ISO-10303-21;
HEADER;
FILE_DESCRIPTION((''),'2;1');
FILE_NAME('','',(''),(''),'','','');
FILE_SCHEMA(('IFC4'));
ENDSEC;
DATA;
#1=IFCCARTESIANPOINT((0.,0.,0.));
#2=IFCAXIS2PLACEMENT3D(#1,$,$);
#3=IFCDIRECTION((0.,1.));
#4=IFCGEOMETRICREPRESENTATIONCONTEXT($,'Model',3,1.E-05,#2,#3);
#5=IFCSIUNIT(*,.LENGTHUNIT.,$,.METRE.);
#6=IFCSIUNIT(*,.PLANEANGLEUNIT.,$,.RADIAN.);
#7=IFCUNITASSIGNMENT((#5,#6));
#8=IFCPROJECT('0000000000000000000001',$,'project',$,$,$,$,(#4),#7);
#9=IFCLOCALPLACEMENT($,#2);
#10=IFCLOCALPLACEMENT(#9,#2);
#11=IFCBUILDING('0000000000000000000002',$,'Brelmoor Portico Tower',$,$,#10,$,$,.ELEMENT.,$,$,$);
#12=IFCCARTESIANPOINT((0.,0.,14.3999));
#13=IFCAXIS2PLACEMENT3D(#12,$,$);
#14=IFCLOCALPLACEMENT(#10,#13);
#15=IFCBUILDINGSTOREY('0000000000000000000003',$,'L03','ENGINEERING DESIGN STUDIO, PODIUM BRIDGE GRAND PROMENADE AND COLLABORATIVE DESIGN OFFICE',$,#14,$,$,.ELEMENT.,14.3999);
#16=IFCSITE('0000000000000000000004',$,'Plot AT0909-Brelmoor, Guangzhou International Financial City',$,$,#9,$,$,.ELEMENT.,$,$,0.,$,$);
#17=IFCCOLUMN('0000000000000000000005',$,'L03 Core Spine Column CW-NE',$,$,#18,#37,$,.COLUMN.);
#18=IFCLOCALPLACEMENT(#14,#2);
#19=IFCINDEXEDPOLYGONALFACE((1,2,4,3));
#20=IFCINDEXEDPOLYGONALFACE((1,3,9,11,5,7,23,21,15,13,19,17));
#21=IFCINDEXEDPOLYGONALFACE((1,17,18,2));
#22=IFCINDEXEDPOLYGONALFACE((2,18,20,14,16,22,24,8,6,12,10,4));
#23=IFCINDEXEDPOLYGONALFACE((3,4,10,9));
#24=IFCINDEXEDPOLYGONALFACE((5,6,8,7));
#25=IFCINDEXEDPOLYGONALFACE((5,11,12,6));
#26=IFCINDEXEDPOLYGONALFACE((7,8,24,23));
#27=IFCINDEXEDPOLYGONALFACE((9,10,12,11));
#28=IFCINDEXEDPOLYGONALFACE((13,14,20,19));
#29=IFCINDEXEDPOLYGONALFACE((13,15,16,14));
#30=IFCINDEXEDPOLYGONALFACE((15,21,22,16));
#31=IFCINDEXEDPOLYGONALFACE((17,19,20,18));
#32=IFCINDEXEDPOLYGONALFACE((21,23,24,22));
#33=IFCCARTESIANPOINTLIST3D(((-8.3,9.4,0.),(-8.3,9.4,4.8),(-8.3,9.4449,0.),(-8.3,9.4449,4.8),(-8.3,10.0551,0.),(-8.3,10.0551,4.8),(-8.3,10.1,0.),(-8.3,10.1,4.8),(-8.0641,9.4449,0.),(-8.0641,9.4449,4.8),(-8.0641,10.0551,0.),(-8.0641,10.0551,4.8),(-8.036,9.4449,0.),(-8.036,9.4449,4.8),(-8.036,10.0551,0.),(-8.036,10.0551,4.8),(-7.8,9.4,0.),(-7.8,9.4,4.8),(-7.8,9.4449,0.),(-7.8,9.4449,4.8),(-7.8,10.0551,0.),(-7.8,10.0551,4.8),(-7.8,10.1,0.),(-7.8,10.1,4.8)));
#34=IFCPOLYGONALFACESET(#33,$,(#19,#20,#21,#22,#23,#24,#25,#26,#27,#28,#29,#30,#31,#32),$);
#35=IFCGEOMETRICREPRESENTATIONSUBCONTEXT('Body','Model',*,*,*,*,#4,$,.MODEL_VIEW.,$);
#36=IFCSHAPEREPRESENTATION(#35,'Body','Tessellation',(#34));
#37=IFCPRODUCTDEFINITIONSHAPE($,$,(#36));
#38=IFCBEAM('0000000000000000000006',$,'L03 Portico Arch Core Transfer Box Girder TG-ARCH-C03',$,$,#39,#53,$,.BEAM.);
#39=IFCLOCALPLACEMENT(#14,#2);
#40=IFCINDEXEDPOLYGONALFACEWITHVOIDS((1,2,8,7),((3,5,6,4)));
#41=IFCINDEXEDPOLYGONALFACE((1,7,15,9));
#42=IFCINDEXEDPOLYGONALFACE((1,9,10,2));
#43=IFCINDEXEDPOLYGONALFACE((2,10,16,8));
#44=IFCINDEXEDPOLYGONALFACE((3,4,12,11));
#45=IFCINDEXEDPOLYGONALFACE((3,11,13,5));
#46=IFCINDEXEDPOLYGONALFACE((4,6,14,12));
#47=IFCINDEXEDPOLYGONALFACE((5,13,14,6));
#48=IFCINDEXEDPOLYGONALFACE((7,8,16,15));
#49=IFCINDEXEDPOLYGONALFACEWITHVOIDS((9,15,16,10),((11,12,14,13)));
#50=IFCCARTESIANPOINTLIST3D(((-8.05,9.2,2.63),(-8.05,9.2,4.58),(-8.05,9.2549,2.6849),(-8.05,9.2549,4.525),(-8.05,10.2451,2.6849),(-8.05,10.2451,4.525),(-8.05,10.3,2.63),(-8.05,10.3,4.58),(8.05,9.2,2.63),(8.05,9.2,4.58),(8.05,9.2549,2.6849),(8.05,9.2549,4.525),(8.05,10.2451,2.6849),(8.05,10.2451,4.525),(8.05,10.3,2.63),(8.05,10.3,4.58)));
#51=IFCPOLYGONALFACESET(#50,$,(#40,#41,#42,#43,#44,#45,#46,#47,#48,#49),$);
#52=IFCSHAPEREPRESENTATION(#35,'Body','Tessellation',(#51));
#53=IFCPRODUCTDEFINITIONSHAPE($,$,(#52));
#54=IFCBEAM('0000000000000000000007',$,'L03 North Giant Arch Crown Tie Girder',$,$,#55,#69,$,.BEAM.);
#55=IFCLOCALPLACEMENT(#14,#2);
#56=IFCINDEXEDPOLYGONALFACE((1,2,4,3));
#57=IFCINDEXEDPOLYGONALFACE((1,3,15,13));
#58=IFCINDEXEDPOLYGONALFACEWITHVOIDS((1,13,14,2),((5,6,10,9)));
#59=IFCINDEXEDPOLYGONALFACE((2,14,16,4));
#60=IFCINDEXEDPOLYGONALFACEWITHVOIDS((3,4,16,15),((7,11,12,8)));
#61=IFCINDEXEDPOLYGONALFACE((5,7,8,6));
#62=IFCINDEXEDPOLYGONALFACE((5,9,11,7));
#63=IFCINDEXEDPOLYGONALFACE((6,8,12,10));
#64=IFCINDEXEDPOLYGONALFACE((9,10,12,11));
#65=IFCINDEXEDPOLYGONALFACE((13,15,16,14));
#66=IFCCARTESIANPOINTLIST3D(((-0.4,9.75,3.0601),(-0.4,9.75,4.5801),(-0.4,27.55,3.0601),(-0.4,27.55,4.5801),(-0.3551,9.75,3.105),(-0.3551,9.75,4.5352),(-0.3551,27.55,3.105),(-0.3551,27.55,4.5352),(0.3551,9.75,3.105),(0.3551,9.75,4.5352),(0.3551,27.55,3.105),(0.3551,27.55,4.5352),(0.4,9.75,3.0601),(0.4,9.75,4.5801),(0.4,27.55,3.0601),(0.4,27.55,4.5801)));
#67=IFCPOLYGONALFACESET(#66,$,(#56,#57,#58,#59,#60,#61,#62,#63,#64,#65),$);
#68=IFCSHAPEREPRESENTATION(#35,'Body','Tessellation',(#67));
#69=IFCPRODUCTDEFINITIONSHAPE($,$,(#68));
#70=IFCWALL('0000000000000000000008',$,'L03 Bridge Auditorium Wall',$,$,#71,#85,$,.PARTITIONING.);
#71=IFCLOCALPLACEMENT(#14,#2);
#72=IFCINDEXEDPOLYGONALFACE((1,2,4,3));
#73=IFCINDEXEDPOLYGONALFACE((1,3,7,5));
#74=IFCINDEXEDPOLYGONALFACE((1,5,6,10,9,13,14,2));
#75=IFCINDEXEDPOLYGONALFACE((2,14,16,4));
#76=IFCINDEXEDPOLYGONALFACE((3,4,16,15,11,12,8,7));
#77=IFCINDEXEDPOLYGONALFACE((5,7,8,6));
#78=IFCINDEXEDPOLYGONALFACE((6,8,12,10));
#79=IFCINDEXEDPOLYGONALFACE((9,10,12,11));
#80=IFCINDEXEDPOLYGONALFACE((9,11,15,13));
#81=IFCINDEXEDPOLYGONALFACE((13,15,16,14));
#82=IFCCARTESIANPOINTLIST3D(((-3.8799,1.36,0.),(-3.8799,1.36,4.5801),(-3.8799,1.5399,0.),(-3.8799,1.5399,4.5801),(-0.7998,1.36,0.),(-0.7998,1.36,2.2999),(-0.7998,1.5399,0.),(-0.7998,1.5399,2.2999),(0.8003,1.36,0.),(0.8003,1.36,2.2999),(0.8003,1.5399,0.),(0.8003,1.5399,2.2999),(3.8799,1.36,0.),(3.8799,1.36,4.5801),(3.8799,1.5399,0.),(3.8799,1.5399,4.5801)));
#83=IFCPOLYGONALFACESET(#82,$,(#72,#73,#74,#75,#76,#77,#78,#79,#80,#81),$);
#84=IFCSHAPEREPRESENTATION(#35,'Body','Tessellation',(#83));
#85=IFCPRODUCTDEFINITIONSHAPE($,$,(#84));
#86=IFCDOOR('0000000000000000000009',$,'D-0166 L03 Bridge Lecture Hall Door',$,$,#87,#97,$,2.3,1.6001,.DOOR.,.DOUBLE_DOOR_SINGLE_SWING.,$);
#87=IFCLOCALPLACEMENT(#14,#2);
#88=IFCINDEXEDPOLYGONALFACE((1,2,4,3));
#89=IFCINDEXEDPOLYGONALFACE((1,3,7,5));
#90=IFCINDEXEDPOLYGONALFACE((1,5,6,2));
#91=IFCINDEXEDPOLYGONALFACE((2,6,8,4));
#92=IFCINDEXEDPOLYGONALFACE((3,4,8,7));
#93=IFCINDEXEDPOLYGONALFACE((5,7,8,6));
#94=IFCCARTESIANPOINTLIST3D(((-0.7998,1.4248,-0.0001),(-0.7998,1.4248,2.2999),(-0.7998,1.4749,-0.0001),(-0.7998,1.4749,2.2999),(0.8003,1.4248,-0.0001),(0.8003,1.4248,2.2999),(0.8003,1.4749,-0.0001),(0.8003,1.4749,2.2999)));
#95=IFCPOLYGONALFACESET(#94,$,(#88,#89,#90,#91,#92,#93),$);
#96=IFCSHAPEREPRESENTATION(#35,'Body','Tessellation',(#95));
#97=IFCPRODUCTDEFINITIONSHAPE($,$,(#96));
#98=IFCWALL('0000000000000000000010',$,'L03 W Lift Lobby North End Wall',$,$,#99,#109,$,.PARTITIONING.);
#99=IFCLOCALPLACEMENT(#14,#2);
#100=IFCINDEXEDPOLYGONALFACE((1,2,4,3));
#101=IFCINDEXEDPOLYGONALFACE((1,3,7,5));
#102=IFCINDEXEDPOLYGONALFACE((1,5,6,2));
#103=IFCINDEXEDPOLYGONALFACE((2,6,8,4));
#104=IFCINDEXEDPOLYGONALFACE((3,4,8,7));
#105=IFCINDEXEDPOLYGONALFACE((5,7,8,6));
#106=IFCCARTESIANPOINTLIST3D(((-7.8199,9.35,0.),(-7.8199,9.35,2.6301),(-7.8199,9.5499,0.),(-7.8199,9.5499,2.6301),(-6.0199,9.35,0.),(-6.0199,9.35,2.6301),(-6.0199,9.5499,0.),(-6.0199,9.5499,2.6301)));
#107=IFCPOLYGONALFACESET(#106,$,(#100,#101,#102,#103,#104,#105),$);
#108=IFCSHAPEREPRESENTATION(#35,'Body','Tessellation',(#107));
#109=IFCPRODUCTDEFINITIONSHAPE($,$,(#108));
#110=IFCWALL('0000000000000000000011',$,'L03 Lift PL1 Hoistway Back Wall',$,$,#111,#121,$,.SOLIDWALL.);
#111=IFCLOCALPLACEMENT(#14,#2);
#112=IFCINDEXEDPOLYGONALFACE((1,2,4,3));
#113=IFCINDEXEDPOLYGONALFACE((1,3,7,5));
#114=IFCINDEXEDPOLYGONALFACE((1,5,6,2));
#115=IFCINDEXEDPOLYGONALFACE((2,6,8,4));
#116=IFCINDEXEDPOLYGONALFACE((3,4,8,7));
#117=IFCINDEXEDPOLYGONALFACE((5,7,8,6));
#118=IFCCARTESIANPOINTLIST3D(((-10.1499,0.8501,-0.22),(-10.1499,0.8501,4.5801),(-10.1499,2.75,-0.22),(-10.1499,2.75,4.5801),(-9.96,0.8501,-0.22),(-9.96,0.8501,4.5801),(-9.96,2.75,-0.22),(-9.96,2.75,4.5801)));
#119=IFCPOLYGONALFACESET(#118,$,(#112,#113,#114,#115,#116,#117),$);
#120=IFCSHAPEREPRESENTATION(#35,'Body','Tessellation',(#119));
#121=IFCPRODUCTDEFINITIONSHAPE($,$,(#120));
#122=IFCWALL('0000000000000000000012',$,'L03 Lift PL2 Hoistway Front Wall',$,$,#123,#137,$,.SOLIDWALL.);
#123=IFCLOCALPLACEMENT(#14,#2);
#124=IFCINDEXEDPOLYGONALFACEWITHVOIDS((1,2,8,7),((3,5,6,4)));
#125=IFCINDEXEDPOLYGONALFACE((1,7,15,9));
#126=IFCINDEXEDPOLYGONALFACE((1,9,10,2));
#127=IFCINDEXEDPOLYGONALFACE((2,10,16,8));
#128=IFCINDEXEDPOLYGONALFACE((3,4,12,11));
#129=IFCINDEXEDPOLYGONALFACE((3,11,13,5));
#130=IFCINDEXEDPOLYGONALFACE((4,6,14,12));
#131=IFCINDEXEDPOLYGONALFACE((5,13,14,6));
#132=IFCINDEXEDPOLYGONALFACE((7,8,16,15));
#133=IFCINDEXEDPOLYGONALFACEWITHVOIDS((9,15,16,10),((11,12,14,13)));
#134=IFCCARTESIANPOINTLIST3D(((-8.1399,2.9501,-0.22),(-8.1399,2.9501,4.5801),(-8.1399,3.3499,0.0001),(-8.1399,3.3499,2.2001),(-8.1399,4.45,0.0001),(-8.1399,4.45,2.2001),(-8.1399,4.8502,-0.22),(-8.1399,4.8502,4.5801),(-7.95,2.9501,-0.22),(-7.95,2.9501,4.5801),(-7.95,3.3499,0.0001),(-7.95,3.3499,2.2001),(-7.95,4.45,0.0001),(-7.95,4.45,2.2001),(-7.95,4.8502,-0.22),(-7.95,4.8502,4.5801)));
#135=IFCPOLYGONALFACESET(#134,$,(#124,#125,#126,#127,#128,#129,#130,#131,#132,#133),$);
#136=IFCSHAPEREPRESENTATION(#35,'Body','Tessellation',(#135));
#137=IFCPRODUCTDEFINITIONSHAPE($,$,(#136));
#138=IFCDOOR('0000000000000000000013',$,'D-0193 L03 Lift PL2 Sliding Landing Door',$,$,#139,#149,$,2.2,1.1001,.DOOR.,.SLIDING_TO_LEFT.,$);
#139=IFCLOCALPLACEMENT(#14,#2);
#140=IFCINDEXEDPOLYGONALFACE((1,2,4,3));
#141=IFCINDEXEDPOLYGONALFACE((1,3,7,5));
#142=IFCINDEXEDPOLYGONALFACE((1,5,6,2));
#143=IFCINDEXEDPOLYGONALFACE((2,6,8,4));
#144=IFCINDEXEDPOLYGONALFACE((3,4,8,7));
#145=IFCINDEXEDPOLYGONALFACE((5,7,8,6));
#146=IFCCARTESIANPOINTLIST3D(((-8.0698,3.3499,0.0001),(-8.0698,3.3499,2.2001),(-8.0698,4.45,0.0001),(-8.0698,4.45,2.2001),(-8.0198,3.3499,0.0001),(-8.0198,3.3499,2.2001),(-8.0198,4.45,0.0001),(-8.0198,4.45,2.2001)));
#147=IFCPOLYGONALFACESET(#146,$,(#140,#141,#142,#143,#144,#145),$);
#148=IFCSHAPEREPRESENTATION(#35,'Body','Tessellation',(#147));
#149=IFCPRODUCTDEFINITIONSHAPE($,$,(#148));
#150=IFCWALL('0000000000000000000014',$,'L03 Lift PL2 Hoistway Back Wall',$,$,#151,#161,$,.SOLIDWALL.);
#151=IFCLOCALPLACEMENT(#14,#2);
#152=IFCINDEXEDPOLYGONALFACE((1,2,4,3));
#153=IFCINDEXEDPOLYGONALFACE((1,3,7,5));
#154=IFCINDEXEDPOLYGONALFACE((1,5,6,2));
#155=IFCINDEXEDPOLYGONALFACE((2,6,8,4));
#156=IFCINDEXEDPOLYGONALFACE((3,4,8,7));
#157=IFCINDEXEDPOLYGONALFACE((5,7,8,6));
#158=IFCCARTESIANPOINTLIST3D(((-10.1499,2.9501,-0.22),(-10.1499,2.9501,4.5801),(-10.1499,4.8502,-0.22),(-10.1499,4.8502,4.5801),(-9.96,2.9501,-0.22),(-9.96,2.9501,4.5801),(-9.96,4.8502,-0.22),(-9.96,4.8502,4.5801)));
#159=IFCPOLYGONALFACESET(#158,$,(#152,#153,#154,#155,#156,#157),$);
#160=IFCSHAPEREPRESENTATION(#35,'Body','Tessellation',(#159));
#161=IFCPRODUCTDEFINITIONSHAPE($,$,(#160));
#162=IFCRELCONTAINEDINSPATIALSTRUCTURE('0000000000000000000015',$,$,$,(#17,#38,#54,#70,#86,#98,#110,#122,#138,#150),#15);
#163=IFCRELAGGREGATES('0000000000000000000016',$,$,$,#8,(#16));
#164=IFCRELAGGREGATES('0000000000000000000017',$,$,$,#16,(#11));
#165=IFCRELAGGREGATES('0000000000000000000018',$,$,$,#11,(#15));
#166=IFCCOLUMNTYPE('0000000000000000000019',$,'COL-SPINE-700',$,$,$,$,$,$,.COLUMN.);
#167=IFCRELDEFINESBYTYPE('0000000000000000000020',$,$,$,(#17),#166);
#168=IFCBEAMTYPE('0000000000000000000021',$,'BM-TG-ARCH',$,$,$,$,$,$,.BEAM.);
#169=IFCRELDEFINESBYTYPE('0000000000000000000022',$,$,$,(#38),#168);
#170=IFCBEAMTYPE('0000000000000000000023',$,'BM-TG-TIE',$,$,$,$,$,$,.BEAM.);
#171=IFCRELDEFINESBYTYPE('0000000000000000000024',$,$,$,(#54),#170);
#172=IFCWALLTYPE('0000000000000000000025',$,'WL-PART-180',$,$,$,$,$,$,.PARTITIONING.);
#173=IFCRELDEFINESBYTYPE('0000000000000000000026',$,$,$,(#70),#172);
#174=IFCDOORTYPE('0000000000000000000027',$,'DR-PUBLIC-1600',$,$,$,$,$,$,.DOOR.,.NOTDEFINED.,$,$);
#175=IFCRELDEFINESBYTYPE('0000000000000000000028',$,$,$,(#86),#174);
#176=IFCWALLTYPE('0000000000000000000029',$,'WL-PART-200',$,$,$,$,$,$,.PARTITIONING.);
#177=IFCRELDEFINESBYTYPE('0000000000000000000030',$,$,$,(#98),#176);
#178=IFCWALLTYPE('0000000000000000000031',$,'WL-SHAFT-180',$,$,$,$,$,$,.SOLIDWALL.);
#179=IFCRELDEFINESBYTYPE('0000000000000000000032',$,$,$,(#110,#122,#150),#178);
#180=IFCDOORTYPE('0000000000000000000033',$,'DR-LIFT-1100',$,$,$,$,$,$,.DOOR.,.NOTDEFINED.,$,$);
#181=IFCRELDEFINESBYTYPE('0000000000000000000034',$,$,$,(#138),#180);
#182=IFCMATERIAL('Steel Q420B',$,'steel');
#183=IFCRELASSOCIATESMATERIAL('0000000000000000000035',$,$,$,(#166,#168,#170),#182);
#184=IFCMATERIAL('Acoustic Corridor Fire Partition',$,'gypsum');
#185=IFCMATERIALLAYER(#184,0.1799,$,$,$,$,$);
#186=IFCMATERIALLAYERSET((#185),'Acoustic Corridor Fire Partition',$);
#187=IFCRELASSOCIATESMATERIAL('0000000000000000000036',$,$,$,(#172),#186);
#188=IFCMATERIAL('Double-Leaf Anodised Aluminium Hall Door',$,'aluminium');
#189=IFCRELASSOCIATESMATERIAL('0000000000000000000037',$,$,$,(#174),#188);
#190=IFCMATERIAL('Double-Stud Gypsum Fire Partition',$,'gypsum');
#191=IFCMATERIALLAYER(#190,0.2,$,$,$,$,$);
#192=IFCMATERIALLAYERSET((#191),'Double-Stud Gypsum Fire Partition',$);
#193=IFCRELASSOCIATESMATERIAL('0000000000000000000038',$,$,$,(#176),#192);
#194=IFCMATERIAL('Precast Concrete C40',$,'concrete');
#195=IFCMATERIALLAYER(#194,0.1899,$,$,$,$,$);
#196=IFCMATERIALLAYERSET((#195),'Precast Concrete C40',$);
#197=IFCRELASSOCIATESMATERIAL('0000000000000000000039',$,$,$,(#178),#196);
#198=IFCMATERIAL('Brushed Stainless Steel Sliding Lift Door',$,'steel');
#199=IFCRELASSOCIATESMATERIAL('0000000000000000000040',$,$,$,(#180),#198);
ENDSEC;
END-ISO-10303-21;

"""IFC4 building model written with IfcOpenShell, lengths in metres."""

from ifc_helpers import new_model, si_unit, direction, frame, frame_2d, origin, origin_2d, place, context, subcontext, project, spatial, rectangle, hollow_rectangle, i_section, extrude, material, layer, layer_set, material_profile, profile_set, type_object, element, fill, save


model = new_model("IFC4")

# Units and contexts
model_context = context("Model", 3, precision=1e-05, world=origin(), true_north=direction((0.0, 1.0)))
body_context = subcontext(model_context, "Body", "Model", "MODEL_VIEW")
ifc_project = project(units=[si_unit("LENGTHUNIT", "METRE"), si_unit("PLANEANGLEUNIT", "RADIAN")], contexts=[model_context])

# Site, building, storey
site_placement = place(None, origin())
site = spatial("IfcSite", under=ifc_project, at=site_placement, Name="Plot AT0909-Brelmoor, Guangzhou International Financial City", CompositionType="ELEMENT", RefElevation=0.0)
building_placement = place(site_placement, origin())
building = spatial("IfcBuilding", under=site, at=building_placement, Name="Brelmoor Portico Tower", CompositionType="ELEMENT")
storey_placement = place(building_placement, frame((0.0, 0.0, 14.3999)))
storey = spatial("IfcBuildingStorey", under=building, at=storey_placement, Name="L03", Description="ENGINEERING DESIGN STUDIO, PODIUM BRIDGE GRAND PROMENADE AND COLLABORATIVE DESIGN OFFICE", CompositionType="ELEMENT", Elevation=14.3999)

# Column
ifc_material_1 = material(Name="Steel Q420B", Category="steel")
ifc_material_profile_1 = material_profile(ifc_material_1, i_section(OverallWidth=0.5, OverallDepth=0.7, WebThickness=0.0281, FlangeThickness=0.0449, at=origin_2d()), Name="HW 700x500x28x45")
ifc_profile_set_1 = profile_set([ifc_material_profile_1], Name="Steel Q420B")
column_type = type_object("IfcColumnType", Name="COL-SPINE-700", PredefinedType="COLUMN", material=ifc_profile_set_1)
column_placement = place(storey_placement, frame((-8.05, 9.75, 0.0), z_axis=(0.0, 0.0, 1.0), x_axis=(1.0, 0.0, 0.0)))
element("IfcColumn", 1, at=column_placement, inside=storey, type_object=column_type, Name="L03 Core Spine Column CW-NE", PredefinedType="COLUMN", context=body_context, shape_type="SweptSolid", body=[
    extrude(i_section(OverallWidth=0.5, OverallDepth=0.7, WebThickness=0.0281, FlangeThickness=0.0449, at=origin_2d()), origin(), (0.0, 0.0, 1.0), 4.8),
])

# Beams
ifc_material_profile_2 = material_profile(ifc_material_1, hollow_rectangle(XDim=1.1001, YDim=1.95, WallThickness=0.0549, at=origin_2d()), Name="BOX 1100x1950x55")
ifc_profile_set_2 = profile_set([ifc_material_profile_2], Name="Steel Q420B")
beam_type_1 = type_object("IfcBeamType", Name="BM-TG-ARCH", PredefinedType="BEAM", material=ifc_profile_set_2)
beam_1_placement = place(storey_placement, frame((-8.05, 9.75, 3.605), z_axis=(1.0, 0.0, 0.0), x_axis=(0.0, 1.0, 0.0)))
element("IfcBeam", 2, at=beam_1_placement, inside=storey, type_object=beam_type_1, Name="L03 Portico Arch Core Transfer Box Girder TG-ARCH-C03", PredefinedType="BEAM", context=body_context, shape_type="SweptSolid", body=[
    extrude(hollow_rectangle(XDim=1.1001, YDim=1.95, WallThickness=0.0549, at=origin_2d()), origin(), (0.0, 0.0, 1.0), 16.1001),
])
ifc_material_profile_3 = material_profile(ifc_material_1, hollow_rectangle(XDim=0.8, YDim=1.52, WallThickness=0.0449, at=origin_2d()), Name="BOX 800x1520x45")
ifc_profile_set_3 = profile_set([ifc_material_profile_3], Name="Steel Q420B")
beam_type_2 = type_object("IfcBeamType", Name="BM-TG-TIE", PredefinedType="BEAM", material=ifc_profile_set_3)
beam_2_placement = place(storey_placement, frame((0.0, 9.75, 3.8201), z_axis=(0.0, 1.0, 0.0), x_axis=(-1.0, 0.0, 0.0)))
element("IfcBeam", 3, at=beam_2_placement, inside=storey, type_object=beam_type_2, Name="L03 North Giant Arch Crown Tie Girder", PredefinedType="BEAM", context=body_context, shape_type="SweptSolid", body=[
    extrude(hollow_rectangle(XDim=0.8, YDim=1.52, WallThickness=0.0449, at=origin_2d()), origin(), (0.0, 0.0, 1.0), 17.8),
])

# Wall, opening, door
ifc_material_2 = material(Name="Acoustic Corridor Fire Partition", Category="gypsum")
ifc_layer_1 = layer(ifc_material_2, 0.1799)
ifc_layer_set_1 = layer_set([ifc_layer_1], Name="Acoustic Corridor Fire Partition")
wall_type_1 = type_object("IfcWallType", Name="WL-PART-180", PredefinedType="PARTITIONING", material=ifc_layer_set_1)
wall_1_placement = place(storey_placement, frame((-3.8799, 1.45, 0.0), z_axis=(0.0, 0.0, 1.0), x_axis=(1.0, 0.0, 0.0)))
wall_1 = element("IfcWall", 4, at=wall_1_placement, inside=storey, type_object=wall_type_1, Name="L03 Bridge Auditorium Wall", PredefinedType="PARTITIONING", context=body_context, shape_type="SweptSolid", body=[
    extrude(rectangle(XDim=7.7598, YDim=0.1799, at=frame_2d((3.8799, 0.0))), origin(), (0.0, 0.0, 1.0), 4.5801),
])
opening_1_placement = place(wall_1_placement, frame((3.0801, 0.0, 0.0)))
opening_1 = element("IfcOpeningElement", 5, at=opening_1_placement, cuts=wall_1, PredefinedType="OPENING", context=body_context, shape_type="SweptSolid", body=[
    extrude(rectangle(XDim=1.6001, YDim=2.3, at=frame_2d((0.8, 1.1499))), frame((0.0, 0.0999, 0.0), z_axis=(0.0, -1.0, 0.0), x_axis=(1.0, 0.0, 0.0)), (0.0, 0.0, 1.0), 0.2),
])
ifc_material_3 = material(Name="Double-Leaf Anodised Aluminium Hall Door", Category="aluminium")
door_type_1 = type_object("IfcDoorType", Name="DR-PUBLIC-1600", OperationType="NOTDEFINED", PredefinedType="DOOR", material=ifc_material_3)
door_1_placement = place(opening_1_placement, origin())
door_1 = element("IfcDoor", 6, at=door_1_placement, inside=storey, type_object=door_type_1, Name="D-0166 L03 Bridge Lecture Hall Door", OperationType="DOUBLE_DOOR_SINGLE_SWING", OverallHeight=2.3, OverallWidth=1.6001, PredefinedType="DOOR", context=body_context, shape_type="SweptSolid", body=[
    extrude(rectangle(XDim=1.6001, YDim=2.3, at=frame_2d((0.8, 1.1499))), frame((0.0, 0.0249, 0.0), z_axis=(0.0, -1.0, 0.0), x_axis=(1.0, 0.0, 0.0)), (0.0, 0.0, 1.0), 0.05),
])
fill(opening_1, door_1)

# Walls
ifc_material_4 = material(Name="Double-Stud Gypsum Fire Partition", Category="gypsum")
ifc_layer_2 = layer(ifc_material_4, 0.2)
ifc_layer_set_2 = layer_set([ifc_layer_2], Name="Double-Stud Gypsum Fire Partition")
wall_type_2 = type_object("IfcWallType", Name="WL-PART-200", PredefinedType="PARTITIONING", material=ifc_layer_set_2)
wall_2_placement = place(storey_placement, frame((-6.02, 9.45, 0.0), z_axis=(0.0, 0.0, 1.0), x_axis=(-1.0, 0.0, 0.0)))
element("IfcWall", 7, at=wall_2_placement, inside=storey, type_object=wall_type_2, Name="L03 W Lift Lobby North End Wall", PredefinedType="PARTITIONING", context=body_context, shape_type="SweptSolid", body=[
    extrude(rectangle(XDim=1.8, YDim=0.2, at=frame_2d((0.8999, 0.0))), origin(), (0.0, 0.0, 1.0), 2.6301),
])
ifc_material_5 = material(Name="Precast Concrete C40", Category="concrete")
ifc_layer_3 = layer(ifc_material_5, 0.1899)
ifc_layer_set_3 = layer_set([ifc_layer_3], Name="Precast Concrete C40")
wall_type_3 = type_object("IfcWallType", Name="WL-SHAFT-180", PredefinedType="SOLIDWALL", material=ifc_layer_set_3)
wall_3_placement = place(storey_placement, frame((-10.0549, 0.8501, -0.22), z_axis=(0.0, 0.0, 1.0), x_axis=(0.0, 1.0, 0.0)))
element("IfcWall", 8, at=wall_3_placement, inside=storey, type_object=wall_type_3, Name="L03 Lift PL1 Hoistway Back Wall", PredefinedType="SOLIDWALL", context=body_context, shape_type="SweptSolid", body=[
    extrude(rectangle(XDim=1.8999, YDim=0.1899, at=frame_2d((0.95, 0.0))), origin(), (0.0, 0.0, 1.0), 4.8),
])

# Wall, opening, door
wall_4_placement = place(storey_placement, frame((-8.0449, 2.95, -0.22), z_axis=(0.0, 0.0, 1.0), x_axis=(0.0, 1.0, 0.0)))
wall_4 = element("IfcWall", 9, at=wall_4_placement, inside=storey, type_object=wall_type_3, Name="L03 Lift PL2 Hoistway Front Wall", PredefinedType="SOLIDWALL", context=body_context, shape_type="SweptSolid", body=[
    extrude(rectangle(XDim=1.9001, YDim=0.1899, at=frame_2d((0.9502, 0.0))), origin(), (0.0, 0.0, 1.0), 4.8),
])
opening_2_placement = place(wall_4_placement, frame((0.3999, 0.0, 0.22)))
opening_2 = element("IfcOpeningElement", 10, at=opening_2_placement, cuts=wall_4, PredefinedType="OPENING", context=body_context, shape_type="SweptSolid", body=[
    extrude(rectangle(XDim=1.1001, YDim=2.2, at=frame_2d((0.55, 1.1001))), frame((0.0, 0.105, 0.0), z_axis=(0.0, -1.0, 0.0), x_axis=(1.0, 0.0, 0.0)), (0.0, 0.0, 1.0), 0.21),
])
ifc_material_6 = material(Name="Brushed Stainless Steel Sliding Lift Door", Category="steel")
door_type_2 = type_object("IfcDoorType", Name="DR-LIFT-1100", OperationType="NOTDEFINED", PredefinedType="DOOR", material=ifc_material_6)
door_2_placement = place(opening_2_placement, origin())
door_2 = element("IfcDoor", 11, at=door_2_placement, inside=storey, type_object=door_type_2, Name="D-0193 L03 Lift PL2 Sliding Landing Door", OperationType="SLIDING_TO_LEFT", OverallHeight=2.2, OverallWidth=1.1001, PredefinedType="DOOR", context=body_context, shape_type="SweptSolid", body=[
    extrude(rectangle(XDim=1.1001, YDim=2.2, at=frame_2d((0.55, 1.1001))), frame((0.0, 0.0249, 0.0), z_axis=(0.0, -1.0, 0.0), x_axis=(1.0, 0.0, 0.0)), (0.0, 0.0, 1.0), 0.05),
])
fill(opening_2, door_2)

# Wall
wall_5_placement = place(storey_placement, frame((-10.0549, 2.95, -0.22), z_axis=(0.0, 0.0, 1.0), x_axis=(0.0, 1.0, 0.0)))
element("IfcWall", 12, at=wall_5_placement, inside=storey, type_object=wall_type_3, Name="L03 Lift PL2 Hoistway Back Wall", PredefinedType="SOLIDWALL", context=body_context, shape_type="SweptSolid", body=[
    extrude(rectangle(XDim=1.9001, YDim=0.1899, at=frame_2d((0.9502, 0.0))), origin(), (0.0, 0.0, 1.0), 4.8),
])

save(model, "model.ifc")
